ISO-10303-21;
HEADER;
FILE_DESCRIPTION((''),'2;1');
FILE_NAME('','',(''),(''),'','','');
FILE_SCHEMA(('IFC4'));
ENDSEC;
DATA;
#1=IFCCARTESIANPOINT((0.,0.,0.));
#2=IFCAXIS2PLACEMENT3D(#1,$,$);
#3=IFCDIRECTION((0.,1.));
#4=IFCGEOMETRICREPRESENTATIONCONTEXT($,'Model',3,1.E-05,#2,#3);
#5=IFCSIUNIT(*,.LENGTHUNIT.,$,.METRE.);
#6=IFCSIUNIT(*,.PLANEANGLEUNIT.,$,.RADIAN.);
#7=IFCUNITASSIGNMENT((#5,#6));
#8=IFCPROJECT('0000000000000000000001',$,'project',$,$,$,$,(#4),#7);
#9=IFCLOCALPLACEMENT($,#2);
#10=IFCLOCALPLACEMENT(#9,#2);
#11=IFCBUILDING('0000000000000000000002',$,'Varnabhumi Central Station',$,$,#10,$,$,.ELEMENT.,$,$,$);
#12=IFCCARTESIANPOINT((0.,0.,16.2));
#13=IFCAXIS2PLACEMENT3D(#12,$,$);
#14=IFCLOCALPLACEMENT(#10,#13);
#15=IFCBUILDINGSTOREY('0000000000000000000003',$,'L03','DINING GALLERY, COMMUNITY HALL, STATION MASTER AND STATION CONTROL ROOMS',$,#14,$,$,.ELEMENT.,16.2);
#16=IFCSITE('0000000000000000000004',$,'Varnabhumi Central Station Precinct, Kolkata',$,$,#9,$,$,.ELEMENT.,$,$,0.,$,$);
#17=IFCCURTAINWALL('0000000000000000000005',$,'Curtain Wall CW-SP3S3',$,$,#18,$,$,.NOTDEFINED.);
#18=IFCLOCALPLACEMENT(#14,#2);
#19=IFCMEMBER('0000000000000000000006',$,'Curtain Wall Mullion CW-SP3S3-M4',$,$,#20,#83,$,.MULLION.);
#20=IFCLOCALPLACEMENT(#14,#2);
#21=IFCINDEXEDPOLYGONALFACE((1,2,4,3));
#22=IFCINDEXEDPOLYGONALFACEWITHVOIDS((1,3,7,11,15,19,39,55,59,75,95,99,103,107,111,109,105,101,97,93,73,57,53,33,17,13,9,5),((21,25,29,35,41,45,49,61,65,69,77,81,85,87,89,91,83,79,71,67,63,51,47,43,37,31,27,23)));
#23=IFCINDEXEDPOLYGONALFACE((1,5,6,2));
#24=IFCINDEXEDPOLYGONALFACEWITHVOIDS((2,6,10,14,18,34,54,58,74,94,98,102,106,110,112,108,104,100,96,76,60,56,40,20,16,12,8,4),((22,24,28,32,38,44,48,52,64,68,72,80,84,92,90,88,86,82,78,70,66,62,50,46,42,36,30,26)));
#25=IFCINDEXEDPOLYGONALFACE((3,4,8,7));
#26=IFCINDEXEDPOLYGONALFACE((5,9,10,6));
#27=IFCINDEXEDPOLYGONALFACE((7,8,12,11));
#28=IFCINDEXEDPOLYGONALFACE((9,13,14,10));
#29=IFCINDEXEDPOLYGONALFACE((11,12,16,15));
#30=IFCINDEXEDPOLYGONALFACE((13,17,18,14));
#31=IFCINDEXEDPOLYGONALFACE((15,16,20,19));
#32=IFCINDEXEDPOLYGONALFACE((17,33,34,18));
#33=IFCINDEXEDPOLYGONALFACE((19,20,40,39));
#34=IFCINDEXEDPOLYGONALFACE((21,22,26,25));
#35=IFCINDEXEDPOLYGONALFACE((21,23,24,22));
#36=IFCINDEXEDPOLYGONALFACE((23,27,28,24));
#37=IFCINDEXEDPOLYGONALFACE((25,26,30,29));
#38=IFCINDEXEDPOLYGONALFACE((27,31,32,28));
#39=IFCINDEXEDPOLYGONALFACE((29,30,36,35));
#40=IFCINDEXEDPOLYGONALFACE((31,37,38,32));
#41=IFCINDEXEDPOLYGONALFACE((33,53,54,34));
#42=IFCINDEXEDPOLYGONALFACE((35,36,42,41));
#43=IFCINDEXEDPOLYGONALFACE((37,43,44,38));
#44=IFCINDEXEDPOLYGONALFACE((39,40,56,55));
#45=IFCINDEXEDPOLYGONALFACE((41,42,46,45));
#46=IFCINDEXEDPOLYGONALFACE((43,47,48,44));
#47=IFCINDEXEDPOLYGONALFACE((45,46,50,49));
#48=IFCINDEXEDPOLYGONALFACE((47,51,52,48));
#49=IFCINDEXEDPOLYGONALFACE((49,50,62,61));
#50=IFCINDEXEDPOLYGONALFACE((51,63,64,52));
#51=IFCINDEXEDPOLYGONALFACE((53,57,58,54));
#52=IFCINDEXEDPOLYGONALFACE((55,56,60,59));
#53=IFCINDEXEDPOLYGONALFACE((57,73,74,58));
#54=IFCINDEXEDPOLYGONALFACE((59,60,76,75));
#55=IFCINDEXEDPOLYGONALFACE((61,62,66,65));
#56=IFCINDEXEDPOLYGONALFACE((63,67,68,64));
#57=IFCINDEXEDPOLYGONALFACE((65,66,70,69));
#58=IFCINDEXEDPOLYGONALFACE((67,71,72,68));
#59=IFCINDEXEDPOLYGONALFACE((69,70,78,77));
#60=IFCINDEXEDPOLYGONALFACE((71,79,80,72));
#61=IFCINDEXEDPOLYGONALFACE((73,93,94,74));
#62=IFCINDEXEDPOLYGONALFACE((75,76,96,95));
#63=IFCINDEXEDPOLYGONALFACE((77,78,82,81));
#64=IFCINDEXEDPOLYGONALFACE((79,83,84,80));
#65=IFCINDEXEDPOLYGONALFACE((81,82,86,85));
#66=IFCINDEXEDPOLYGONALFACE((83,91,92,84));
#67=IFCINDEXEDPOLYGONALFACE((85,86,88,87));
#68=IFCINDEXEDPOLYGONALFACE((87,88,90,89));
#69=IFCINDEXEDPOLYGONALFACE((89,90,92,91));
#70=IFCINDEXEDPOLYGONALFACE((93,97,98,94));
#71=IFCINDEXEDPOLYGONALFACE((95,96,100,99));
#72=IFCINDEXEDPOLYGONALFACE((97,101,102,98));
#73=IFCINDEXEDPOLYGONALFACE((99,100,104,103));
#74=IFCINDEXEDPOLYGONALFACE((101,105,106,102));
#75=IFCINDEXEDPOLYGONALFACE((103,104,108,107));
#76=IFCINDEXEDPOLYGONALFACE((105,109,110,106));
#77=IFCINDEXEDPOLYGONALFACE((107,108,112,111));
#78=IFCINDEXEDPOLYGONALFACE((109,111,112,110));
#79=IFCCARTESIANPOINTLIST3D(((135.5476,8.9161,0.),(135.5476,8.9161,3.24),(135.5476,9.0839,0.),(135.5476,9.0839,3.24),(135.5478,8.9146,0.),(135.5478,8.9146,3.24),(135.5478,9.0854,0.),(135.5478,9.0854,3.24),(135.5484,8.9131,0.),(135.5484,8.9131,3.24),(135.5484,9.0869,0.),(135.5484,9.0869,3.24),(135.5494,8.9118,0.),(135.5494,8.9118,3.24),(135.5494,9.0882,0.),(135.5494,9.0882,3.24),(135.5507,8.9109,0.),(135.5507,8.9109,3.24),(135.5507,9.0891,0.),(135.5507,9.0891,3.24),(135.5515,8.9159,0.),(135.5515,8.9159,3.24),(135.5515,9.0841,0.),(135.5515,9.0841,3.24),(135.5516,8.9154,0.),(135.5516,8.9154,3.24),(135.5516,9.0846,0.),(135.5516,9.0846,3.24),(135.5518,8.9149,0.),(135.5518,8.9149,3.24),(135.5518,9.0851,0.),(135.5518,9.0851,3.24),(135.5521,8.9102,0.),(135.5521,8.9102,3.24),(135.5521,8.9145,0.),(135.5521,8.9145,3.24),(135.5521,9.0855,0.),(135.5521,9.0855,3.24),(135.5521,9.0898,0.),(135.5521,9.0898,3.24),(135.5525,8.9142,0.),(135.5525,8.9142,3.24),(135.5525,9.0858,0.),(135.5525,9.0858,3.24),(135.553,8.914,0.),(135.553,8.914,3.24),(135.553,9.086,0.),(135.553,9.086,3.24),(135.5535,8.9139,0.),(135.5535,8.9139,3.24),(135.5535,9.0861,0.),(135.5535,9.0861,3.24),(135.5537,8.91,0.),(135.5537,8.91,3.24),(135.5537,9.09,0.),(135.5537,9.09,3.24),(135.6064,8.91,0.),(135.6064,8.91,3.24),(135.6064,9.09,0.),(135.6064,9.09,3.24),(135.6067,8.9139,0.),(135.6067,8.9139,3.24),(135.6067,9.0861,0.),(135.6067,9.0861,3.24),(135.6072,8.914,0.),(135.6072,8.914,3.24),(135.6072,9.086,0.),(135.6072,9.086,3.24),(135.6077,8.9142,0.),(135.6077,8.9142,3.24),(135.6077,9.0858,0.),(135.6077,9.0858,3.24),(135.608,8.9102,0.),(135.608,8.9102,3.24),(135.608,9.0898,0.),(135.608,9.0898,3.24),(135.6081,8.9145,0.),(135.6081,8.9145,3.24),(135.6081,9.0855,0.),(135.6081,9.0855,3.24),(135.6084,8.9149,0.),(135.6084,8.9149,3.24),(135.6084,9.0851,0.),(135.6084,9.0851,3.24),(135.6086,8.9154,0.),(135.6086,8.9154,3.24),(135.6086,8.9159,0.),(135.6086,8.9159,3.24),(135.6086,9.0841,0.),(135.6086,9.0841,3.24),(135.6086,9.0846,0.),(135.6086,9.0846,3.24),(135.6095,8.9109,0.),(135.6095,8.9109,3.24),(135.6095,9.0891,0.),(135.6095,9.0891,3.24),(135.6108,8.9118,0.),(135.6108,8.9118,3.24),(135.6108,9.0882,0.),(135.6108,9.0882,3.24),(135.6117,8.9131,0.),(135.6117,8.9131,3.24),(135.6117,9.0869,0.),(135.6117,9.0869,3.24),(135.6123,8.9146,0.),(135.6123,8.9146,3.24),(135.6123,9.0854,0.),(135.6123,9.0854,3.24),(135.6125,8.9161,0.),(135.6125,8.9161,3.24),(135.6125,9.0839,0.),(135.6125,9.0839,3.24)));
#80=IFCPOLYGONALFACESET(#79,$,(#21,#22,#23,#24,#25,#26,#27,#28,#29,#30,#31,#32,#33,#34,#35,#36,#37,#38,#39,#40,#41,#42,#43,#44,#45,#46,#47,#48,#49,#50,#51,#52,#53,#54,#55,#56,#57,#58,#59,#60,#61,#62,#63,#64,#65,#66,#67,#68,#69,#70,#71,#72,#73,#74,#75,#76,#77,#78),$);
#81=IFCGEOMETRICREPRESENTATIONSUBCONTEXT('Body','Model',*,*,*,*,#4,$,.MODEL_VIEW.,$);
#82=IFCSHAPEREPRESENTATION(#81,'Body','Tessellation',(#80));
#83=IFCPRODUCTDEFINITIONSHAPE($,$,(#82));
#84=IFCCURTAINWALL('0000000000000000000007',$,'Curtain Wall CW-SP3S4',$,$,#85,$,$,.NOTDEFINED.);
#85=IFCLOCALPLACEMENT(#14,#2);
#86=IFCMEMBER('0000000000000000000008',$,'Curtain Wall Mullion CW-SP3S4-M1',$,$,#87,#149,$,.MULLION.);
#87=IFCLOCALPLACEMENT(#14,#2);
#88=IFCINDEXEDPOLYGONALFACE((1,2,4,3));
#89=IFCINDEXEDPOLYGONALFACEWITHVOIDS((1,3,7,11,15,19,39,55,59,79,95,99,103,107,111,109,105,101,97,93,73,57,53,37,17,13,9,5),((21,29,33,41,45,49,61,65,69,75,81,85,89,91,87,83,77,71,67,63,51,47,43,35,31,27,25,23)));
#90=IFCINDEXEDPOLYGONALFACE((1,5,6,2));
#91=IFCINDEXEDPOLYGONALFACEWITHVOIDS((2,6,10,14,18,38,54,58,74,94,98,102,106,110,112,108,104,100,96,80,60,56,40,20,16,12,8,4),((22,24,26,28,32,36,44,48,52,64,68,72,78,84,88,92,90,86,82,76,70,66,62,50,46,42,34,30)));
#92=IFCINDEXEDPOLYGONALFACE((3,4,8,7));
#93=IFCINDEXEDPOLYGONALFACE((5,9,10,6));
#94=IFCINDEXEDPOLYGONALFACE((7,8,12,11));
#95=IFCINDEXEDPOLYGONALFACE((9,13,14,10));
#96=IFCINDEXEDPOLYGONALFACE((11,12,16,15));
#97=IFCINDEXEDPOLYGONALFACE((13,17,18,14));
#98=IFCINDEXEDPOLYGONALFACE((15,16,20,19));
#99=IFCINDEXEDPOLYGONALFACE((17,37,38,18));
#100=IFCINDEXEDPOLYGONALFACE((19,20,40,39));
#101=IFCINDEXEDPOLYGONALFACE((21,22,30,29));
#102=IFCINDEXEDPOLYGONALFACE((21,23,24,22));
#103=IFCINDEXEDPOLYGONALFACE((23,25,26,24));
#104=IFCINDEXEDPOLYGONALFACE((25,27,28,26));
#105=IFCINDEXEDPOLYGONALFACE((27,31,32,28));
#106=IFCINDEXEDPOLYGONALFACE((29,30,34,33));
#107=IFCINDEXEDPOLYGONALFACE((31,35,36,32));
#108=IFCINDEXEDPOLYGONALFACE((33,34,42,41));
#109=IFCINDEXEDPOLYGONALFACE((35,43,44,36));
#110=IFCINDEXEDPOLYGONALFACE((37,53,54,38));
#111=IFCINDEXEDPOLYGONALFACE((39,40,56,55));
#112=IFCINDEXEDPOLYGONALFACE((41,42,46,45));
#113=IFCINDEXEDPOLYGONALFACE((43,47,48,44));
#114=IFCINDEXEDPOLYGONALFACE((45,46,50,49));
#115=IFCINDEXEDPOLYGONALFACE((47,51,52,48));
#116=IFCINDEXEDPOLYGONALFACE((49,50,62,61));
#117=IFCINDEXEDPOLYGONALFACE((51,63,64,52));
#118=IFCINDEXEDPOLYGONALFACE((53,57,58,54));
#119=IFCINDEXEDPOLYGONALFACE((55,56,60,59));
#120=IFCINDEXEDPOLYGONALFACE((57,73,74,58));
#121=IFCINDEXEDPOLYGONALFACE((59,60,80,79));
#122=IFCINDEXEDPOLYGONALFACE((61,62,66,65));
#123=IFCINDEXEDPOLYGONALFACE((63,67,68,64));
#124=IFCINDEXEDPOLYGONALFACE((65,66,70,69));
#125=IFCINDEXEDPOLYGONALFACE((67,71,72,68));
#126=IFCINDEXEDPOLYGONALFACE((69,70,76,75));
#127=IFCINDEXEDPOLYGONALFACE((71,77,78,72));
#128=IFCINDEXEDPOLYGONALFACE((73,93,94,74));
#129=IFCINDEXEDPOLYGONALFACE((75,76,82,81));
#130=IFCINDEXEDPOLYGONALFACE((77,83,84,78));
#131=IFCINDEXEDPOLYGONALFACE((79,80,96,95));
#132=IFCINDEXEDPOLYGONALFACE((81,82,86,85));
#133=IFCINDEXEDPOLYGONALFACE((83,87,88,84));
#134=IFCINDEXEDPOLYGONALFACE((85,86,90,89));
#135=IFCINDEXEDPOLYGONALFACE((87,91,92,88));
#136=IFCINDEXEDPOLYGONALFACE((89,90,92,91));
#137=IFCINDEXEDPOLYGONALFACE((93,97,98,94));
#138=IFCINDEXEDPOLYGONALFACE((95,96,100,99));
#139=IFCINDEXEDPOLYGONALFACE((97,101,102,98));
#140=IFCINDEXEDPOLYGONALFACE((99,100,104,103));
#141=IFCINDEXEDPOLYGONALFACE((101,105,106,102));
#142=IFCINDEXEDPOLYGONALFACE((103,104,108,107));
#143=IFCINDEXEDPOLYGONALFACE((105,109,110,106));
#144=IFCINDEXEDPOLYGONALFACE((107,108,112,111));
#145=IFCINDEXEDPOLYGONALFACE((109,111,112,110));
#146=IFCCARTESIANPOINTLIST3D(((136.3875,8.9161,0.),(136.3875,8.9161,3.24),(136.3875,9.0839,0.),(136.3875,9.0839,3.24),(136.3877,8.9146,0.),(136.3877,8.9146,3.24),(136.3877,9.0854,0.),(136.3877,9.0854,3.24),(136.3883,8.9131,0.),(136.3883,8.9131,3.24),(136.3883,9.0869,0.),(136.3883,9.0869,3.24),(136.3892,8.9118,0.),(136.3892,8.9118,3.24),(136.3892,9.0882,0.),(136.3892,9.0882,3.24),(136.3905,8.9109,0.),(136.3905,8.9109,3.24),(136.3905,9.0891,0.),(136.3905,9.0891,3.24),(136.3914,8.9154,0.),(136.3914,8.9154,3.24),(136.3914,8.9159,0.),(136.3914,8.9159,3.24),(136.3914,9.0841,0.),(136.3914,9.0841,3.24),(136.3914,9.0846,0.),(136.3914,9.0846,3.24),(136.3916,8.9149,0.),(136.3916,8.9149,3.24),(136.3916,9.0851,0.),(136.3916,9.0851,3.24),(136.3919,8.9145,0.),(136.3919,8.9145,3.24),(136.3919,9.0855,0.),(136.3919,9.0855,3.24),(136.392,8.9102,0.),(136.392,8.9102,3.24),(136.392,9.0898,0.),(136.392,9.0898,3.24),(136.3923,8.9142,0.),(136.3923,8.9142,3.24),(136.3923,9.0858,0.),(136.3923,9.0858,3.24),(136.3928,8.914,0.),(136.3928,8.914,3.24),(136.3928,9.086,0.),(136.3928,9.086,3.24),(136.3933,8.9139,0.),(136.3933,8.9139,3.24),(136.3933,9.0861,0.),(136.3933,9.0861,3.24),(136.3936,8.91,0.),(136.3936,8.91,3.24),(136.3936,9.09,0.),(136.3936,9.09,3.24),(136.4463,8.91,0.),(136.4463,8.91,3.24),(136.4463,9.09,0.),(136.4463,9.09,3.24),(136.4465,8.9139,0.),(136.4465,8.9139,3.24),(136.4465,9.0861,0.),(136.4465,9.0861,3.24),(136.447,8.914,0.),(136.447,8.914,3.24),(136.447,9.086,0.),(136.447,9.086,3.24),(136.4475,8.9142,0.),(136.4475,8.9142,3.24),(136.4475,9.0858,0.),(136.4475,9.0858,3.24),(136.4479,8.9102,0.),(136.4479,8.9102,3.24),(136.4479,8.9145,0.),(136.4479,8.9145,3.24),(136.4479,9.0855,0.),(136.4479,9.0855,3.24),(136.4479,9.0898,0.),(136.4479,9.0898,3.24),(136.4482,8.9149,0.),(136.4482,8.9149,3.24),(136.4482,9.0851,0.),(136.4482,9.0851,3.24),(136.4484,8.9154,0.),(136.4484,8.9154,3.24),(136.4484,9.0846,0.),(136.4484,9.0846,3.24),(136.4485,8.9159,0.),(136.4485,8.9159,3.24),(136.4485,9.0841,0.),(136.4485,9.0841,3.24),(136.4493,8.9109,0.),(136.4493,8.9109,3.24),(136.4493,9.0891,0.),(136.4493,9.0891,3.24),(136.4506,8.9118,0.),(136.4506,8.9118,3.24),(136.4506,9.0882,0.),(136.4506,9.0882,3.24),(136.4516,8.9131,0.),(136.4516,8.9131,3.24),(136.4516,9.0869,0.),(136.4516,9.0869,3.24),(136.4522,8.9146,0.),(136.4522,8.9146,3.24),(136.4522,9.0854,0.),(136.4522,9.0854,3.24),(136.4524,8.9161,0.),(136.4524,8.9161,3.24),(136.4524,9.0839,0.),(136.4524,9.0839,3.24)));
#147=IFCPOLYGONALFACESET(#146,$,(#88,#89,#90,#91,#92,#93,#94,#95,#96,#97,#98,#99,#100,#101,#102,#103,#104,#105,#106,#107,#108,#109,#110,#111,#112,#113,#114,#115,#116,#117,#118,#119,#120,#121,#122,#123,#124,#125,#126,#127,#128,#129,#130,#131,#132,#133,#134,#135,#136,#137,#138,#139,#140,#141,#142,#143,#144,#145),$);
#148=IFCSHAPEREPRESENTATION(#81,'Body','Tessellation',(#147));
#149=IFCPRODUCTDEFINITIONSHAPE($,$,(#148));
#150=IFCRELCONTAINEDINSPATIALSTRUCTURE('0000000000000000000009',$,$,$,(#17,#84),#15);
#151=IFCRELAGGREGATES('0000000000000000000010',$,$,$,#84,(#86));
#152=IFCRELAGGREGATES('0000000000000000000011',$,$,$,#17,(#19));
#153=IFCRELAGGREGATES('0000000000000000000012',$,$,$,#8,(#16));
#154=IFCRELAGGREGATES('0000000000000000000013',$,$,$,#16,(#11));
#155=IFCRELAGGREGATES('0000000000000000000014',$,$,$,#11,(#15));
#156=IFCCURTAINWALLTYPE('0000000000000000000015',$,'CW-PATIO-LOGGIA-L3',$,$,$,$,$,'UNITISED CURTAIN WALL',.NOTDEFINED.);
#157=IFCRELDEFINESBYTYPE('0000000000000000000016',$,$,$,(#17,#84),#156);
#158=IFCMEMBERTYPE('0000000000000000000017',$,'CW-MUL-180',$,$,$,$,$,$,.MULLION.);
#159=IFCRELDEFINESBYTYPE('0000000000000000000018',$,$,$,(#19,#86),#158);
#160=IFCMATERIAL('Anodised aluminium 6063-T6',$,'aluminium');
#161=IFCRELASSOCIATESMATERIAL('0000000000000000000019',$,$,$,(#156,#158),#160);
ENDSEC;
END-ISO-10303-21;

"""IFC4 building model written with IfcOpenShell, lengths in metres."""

from ifc_helpers import new_model, si_unit, direction, frame, origin, origin_2d, place, context, subcontext, project, spatial, hollow_rectangle, extrude, material, material_profile, profile_set, type_object, element, aggregate, save


model = new_model("IFC4")

# Units and contexts
model_context = context("Model", 3, precision=1e-05, world=origin(), true_north=direction((0.0, 1.0)))
body_context = subcontext(model_context, "Body", "Model", "MODEL_VIEW")
ifc_project = project(units=[si_unit("LENGTHUNIT", "METRE"), si_unit("PLANEANGLEUNIT", "RADIAN")], contexts=[model_context])

# Site, building, storey
site_placement = place(None, origin())
site = spatial("IfcSite", under=ifc_project, at=site_placement, Name="Varnabhumi Central Station Precinct, Kolkata", CompositionType="ELEMENT", RefElevation=0.0)
building_placement = place(site_placement, origin())
building = spatial("IfcBuilding", under=site, at=building_placement, Name="Varnabhumi Central Station", CompositionType="ELEMENT")
storey_placement = place(building_placement, frame((0.0, 0.0, 16.2)))
storey = spatial("IfcBuildingStorey", under=building, at=storey_placement, Name="L03", Description="DINING GALLERY, COMMUNITY HALL, STATION MASTER AND STATION CONTROL ROOMS", CompositionType="ELEMENT", Elevation=16.2)

# Shared definitions
ifc_material_1 = material(Name="Anodised aluminium 6063-T6", Category="aluminium")
curtain_wall_type = type_object("IfcCurtainWallType", Name="CW-PATIO-LOGGIA-L3", ElementType="UNITISED CURTAIN WALL", PredefinedType="NOTDEFINED", material=ifc_material_1)
ifc_material_profile_1 = material_profile(ifc_material_1, hollow_rectangle(XDim=0.0649, YDim=0.1799, WallThickness=0.0039, InnerFilletRadius=0.002, OuterFilletRadius=0.0061, at=origin_2d()), Name="Anodised aluminium 6063-T6", Category="aluminium")
ifc_profile_set_1 = profile_set([ifc_material_profile_1], Name="Anodised aluminium 6063-T6")
member_type_1 = type_object("IfcMemberType", Name="CW-MUL-180", PredefinedType="MULLION", material=ifc_profile_set_1)

# Curtain walls, members
curtain_wall_1_placement = place(storey_placement, origin())
curtain_wall_1 = element("IfcCurtainWall", 1, at=curtain_wall_1_placement, inside=storey, type_object=curtain_wall_type, Name="Curtain Wall CW-SP3S3", PredefinedType="NOTDEFINED")
member_1_placement = place(storey_placement, frame((135.5801, 9.0, 0.0), z_axis=(0.0, 0.0, 1.0), x_axis=(1.0, 0.0, 0.0)))
member_1 = element("IfcMember", 2, at=member_1_placement, type_object=member_type_1, Name="Curtain Wall Mullion CW-SP3S3-M4", PredefinedType="MULLION", context=body_context, shape_type="SweptSolid", body=[
    extrude(hollow_rectangle(XDim=0.0649, YDim=0.1799, WallThickness=0.0039, InnerFilletRadius=0.002, OuterFilletRadius=0.0061, at=origin_2d()), origin(), (0.0, 0.0, 1.0), 3.24),
])
curtain_wall_2_placement = place(storey_placement, origin())
curtain_wall_2 = element("IfcCurtainWall", 3, at=curtain_wall_2_placement, inside=storey, type_object=curtain_wall_type, Name="Curtain Wall CW-SP3S4", PredefinedType="NOTDEFINED")
member_2_placement = place(storey_placement, frame((136.4199, 9.0, 0.0), z_axis=(0.0, 0.0, 1.0), x_axis=(1.0, 0.0, 0.0)))
member_2 = element("IfcMember", 4, at=member_2_placement, type_object=member_type_1, Name="Curtain Wall Mullion CW-SP3S4-M1", PredefinedType="MULLION", context=body_context, shape_type="SweptSolid", body=[
    extrude(hollow_rectangle(XDim=0.0649, YDim=0.1799, WallThickness=0.0039, InnerFilletRadius=0.002, OuterFilletRadius=0.0061, at=origin_2d()), origin(), (0.0, 0.0, 1.0), 3.24),
])

aggregate(curtain_wall_2, [member_2])
aggregate(curtain_wall_1, [member_1])

save(model, "model.ifc")
